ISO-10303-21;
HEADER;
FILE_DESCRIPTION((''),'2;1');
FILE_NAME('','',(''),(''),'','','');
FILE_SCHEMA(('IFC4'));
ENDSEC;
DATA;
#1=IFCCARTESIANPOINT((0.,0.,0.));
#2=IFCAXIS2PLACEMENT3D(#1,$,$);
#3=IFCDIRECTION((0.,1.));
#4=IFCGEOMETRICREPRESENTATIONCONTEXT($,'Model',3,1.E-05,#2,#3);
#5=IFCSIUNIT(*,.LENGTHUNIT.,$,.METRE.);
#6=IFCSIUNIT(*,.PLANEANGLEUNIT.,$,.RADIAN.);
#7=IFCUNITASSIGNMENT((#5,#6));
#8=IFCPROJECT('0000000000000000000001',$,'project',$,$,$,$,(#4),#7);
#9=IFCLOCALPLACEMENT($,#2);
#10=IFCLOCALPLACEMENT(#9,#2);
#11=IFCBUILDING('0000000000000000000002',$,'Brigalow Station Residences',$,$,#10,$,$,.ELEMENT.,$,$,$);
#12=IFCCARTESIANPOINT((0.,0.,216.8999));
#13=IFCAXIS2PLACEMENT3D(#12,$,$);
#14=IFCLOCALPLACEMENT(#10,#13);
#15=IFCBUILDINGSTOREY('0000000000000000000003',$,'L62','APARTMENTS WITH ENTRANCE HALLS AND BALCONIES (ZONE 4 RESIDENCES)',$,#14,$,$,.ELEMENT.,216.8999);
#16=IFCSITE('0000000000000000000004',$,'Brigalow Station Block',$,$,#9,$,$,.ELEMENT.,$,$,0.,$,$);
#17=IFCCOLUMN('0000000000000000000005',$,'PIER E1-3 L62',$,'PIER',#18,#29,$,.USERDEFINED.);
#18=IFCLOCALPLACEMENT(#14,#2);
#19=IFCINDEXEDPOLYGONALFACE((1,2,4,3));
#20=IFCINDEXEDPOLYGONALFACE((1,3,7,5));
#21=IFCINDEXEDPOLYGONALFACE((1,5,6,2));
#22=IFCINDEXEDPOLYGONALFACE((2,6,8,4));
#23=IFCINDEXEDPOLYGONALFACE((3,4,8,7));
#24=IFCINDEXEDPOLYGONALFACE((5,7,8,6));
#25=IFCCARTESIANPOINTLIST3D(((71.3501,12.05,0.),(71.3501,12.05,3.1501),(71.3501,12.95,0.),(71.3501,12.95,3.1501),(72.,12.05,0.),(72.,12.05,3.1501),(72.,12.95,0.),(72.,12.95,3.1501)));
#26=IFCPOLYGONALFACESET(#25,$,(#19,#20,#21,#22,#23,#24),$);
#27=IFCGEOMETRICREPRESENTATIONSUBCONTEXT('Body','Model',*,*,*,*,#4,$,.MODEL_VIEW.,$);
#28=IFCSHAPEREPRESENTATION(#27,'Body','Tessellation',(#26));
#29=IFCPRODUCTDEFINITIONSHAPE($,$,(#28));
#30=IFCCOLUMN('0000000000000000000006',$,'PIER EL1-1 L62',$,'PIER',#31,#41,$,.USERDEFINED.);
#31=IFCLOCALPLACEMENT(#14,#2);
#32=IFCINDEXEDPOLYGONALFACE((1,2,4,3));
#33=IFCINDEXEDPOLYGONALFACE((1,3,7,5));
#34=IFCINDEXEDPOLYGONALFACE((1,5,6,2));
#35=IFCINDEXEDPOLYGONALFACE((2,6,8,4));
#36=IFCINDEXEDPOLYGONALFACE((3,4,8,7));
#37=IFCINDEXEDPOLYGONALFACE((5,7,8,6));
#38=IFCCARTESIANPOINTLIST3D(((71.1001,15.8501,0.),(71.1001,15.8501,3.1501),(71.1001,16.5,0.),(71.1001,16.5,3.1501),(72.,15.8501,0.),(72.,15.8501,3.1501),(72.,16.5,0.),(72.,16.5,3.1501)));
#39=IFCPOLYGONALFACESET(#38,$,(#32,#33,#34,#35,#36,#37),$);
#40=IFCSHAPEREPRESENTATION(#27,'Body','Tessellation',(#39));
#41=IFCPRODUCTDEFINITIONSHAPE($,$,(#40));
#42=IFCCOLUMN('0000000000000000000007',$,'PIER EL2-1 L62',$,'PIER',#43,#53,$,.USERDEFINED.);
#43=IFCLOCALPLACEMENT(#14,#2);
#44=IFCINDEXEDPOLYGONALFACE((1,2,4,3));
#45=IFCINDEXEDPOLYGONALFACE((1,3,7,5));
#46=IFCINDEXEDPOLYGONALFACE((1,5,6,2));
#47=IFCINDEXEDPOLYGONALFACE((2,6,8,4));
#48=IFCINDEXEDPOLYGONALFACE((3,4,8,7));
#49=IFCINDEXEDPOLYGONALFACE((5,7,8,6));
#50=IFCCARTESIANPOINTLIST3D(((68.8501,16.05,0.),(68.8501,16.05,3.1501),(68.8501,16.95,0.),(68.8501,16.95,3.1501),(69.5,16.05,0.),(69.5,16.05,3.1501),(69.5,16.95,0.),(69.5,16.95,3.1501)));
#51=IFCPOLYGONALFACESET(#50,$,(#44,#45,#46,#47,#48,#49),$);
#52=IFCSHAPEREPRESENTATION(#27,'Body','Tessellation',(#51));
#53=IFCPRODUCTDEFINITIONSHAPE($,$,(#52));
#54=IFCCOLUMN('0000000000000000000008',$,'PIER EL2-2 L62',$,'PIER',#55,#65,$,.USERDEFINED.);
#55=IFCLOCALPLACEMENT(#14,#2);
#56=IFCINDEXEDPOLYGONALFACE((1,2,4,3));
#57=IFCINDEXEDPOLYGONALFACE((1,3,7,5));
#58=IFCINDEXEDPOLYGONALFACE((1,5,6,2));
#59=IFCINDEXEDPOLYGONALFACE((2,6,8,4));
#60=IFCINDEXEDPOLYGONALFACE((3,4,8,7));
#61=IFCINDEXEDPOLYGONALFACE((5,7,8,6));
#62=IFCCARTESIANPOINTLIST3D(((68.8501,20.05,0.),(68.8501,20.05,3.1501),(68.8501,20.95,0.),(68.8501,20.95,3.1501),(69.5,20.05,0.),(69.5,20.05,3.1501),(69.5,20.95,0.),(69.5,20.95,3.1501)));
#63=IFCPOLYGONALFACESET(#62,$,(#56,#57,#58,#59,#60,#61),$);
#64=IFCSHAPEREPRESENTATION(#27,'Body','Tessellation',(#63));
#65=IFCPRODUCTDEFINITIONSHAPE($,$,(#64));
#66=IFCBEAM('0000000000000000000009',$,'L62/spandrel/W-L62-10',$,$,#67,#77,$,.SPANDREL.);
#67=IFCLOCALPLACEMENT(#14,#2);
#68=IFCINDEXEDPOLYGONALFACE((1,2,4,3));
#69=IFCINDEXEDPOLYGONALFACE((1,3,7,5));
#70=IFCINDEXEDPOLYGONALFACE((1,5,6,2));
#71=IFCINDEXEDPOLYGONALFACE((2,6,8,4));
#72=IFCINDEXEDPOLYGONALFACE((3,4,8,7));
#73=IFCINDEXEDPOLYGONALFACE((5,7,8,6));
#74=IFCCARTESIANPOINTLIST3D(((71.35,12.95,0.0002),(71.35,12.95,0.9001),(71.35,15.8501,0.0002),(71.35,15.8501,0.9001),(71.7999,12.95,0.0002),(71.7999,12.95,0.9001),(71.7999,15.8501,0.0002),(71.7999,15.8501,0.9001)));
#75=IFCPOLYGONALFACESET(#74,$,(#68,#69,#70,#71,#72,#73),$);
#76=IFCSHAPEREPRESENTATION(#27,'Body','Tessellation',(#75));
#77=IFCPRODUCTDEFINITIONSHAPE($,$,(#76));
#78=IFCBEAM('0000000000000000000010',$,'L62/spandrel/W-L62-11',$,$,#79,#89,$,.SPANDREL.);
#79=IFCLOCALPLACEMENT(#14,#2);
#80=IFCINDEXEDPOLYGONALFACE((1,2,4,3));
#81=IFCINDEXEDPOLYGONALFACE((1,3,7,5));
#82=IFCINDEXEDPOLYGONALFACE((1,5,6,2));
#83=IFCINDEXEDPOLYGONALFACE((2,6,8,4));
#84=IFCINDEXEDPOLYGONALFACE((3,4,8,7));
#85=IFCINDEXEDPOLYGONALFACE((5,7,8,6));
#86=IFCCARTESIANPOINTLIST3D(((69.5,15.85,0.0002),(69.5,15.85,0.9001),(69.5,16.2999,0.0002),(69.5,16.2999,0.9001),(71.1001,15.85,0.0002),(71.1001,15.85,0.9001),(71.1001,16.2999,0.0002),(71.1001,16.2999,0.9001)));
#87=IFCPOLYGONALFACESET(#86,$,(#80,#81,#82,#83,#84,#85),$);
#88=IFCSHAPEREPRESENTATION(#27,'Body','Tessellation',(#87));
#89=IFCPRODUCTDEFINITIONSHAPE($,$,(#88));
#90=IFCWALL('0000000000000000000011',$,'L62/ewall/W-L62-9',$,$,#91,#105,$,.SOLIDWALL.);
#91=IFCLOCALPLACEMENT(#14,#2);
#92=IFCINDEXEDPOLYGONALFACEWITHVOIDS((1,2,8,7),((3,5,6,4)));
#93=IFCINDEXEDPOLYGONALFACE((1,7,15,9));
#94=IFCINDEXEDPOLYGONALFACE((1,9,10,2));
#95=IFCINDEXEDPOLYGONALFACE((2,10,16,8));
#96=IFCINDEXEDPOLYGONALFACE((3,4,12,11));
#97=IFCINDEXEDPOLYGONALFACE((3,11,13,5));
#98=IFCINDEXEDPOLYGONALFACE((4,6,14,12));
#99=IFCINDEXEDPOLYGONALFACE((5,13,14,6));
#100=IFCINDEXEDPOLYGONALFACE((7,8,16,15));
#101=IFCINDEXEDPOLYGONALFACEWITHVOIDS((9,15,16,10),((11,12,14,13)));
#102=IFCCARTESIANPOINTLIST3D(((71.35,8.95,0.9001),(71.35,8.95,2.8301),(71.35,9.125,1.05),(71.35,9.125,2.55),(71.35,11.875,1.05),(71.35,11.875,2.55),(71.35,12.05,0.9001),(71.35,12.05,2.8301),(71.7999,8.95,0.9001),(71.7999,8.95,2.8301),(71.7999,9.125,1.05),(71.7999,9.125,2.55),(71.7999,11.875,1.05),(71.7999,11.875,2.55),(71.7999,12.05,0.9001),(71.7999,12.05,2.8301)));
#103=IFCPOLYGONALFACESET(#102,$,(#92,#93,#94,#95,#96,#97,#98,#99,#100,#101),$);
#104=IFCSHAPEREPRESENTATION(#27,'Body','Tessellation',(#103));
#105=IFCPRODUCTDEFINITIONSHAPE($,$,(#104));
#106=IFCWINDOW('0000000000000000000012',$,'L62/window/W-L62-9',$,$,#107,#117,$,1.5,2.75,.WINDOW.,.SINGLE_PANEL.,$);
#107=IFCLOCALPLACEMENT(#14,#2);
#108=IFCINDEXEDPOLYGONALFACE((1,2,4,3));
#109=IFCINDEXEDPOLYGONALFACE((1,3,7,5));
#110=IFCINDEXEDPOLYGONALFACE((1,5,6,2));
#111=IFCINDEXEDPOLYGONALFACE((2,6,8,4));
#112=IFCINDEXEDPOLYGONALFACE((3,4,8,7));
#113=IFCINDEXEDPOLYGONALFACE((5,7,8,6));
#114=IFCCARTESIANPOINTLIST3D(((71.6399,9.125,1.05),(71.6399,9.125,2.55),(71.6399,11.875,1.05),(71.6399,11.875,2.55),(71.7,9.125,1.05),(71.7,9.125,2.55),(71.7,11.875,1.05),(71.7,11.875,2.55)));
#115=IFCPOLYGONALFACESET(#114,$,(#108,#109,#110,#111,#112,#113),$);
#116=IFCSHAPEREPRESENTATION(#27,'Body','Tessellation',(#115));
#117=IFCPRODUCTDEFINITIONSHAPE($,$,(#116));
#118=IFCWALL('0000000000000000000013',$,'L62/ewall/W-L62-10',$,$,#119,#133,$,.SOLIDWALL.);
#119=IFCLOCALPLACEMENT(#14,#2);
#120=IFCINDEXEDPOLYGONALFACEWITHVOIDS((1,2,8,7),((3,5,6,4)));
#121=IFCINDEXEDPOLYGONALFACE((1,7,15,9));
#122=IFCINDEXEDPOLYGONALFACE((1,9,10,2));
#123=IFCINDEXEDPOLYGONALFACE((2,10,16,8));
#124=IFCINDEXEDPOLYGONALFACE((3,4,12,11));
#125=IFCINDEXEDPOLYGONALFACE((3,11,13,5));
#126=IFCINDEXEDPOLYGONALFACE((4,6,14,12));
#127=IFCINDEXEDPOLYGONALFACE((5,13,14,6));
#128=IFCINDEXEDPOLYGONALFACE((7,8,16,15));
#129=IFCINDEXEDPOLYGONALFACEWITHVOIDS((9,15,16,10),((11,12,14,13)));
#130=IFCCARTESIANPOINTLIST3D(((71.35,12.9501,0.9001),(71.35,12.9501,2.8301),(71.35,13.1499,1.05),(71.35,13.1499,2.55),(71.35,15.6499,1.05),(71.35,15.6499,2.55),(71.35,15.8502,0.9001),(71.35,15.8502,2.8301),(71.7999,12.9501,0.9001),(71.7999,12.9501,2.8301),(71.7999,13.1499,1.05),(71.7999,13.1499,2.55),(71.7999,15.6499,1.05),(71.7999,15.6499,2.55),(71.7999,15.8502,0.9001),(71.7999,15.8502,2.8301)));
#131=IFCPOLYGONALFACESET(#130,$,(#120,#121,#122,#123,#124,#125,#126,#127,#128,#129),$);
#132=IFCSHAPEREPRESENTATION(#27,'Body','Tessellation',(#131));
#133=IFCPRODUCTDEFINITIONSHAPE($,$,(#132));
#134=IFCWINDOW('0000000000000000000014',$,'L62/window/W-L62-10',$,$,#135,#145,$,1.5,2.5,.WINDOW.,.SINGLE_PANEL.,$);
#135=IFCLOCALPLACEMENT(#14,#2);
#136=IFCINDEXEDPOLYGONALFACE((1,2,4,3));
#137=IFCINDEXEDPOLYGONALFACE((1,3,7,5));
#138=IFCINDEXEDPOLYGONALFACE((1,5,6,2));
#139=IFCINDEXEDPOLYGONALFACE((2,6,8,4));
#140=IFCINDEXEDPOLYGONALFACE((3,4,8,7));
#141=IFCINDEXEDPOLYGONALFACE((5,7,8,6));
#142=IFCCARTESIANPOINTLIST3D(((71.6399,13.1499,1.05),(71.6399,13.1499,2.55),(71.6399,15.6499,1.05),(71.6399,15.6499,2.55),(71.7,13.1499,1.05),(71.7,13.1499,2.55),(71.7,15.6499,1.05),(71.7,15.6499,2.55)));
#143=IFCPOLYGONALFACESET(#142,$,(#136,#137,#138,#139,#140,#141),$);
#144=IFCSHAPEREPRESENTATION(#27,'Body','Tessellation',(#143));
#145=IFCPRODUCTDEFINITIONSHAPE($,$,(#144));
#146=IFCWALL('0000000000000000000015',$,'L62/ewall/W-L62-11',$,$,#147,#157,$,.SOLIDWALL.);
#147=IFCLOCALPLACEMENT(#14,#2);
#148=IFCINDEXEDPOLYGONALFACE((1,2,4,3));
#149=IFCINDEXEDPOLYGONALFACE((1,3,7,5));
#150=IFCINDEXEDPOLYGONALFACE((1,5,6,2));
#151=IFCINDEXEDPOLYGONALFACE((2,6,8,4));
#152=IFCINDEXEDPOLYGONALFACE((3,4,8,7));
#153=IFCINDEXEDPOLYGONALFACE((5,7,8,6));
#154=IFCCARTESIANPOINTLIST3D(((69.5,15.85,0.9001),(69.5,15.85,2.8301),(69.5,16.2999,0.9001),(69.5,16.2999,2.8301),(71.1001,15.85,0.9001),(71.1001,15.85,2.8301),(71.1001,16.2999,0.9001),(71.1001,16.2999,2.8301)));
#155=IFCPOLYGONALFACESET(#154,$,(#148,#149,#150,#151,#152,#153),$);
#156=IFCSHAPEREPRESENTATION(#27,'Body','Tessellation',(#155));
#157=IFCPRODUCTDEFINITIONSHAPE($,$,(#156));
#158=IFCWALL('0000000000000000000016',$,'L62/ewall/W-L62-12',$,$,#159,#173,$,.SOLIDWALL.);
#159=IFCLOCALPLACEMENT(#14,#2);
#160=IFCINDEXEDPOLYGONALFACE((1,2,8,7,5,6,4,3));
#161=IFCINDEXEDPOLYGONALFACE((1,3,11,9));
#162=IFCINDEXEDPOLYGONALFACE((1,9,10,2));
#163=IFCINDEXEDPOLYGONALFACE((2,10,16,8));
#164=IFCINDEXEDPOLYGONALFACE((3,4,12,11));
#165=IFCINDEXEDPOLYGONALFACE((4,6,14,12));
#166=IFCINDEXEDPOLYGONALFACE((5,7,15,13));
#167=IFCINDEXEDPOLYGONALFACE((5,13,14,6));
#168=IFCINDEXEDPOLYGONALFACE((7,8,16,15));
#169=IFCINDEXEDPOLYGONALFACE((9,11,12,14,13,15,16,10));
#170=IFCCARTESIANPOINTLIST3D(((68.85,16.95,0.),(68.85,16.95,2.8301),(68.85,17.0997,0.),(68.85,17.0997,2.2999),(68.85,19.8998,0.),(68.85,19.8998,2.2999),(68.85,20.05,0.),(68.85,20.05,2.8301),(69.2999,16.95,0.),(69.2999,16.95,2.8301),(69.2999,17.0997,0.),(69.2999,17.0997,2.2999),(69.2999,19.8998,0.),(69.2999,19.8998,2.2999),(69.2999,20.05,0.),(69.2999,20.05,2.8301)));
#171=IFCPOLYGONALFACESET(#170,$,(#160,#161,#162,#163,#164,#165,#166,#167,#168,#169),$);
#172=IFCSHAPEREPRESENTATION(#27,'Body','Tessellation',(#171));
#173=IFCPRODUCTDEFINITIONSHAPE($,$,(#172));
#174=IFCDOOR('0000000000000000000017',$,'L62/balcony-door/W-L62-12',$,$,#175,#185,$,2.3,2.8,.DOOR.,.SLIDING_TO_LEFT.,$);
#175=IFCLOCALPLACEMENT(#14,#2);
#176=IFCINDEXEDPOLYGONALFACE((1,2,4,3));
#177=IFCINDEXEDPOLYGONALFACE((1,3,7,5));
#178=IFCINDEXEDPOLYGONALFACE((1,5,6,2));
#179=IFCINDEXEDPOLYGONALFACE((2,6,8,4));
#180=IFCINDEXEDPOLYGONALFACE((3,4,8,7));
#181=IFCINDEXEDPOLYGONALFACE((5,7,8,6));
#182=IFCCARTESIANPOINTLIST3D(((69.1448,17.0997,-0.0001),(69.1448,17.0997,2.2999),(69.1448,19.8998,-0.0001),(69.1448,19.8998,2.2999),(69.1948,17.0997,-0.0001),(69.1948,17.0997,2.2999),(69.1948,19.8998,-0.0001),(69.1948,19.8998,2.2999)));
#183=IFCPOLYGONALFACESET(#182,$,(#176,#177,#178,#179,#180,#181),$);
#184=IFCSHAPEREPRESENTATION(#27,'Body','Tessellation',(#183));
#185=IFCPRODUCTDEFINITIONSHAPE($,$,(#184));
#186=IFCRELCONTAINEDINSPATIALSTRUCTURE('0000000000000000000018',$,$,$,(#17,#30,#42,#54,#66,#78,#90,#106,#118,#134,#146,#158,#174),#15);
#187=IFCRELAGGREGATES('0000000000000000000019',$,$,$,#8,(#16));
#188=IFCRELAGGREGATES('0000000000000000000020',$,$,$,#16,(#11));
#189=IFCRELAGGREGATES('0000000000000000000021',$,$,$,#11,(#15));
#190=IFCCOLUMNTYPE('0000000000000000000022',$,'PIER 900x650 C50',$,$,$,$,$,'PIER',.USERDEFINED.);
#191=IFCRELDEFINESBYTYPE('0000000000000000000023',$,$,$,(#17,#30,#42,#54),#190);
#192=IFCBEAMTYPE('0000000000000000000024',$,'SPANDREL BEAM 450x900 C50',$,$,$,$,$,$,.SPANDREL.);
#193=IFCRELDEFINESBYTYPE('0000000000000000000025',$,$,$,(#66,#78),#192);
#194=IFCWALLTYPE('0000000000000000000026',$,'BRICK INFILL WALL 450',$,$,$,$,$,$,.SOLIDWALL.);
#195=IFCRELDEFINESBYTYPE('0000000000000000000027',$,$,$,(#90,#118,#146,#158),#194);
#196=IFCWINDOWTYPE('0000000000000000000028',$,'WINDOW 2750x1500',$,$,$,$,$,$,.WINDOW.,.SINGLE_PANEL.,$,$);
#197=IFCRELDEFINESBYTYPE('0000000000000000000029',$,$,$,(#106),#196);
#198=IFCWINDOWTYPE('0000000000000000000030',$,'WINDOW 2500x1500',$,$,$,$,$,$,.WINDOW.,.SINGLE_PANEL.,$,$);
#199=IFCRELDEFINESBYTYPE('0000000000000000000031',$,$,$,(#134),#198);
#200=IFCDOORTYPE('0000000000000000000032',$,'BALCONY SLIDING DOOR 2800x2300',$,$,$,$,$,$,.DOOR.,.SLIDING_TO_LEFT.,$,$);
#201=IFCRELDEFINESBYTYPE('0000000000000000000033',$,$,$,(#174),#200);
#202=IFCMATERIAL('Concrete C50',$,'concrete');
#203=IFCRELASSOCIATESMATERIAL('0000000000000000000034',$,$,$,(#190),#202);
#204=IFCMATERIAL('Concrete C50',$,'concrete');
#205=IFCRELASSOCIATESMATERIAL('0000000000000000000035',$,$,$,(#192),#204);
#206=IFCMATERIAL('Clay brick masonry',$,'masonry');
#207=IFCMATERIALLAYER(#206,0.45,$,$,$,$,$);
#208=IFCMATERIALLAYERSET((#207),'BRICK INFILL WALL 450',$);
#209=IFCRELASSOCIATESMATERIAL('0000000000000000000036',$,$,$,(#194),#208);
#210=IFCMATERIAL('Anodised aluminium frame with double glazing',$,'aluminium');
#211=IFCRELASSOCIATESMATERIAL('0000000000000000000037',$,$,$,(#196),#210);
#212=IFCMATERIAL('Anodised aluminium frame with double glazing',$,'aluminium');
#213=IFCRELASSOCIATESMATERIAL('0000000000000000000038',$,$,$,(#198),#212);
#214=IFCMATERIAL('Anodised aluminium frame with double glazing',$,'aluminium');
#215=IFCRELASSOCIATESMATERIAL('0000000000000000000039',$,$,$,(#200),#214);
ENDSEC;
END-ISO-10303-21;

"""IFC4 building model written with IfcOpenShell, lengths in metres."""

from ifc_helpers import new_model, si_unit, direction, frame, frame_2d, origin, origin_2d, place, context, subcontext, project, spatial, rectangle, extrude, material, layer, layer_set, material_profile, profile_set, type_object, element, fill, save


model = new_model("IFC4")

# Units and contexts
model_context = context("Model", 3, precision=1e-05, world=origin(), true_north=direction((0.0, 1.0)))
body_context = subcontext(model_context, "Body", "Model", "MODEL_VIEW")
ifc_project = project(units=[si_unit("LENGTHUNIT", "METRE"), si_unit("PLANEANGLEUNIT", "RADIAN")], contexts=[model_context])

# Site, building, storey
site_placement = place(None, origin())
site = spatial("IfcSite", under=ifc_project, at=site_placement, Name="Brigalow Station Block", CompositionType="ELEMENT", RefElevation=0.0)
building_placement = place(site_placement, origin())
building = spatial("IfcBuilding", under=site, at=building_placement, Name="Brigalow Station Residences", CompositionType="ELEMENT")
storey_placement = place(building_placement, frame((0.0, 0.0, 216.8999)))
storey = spatial("IfcBuildingStorey", under=building, at=storey_placement, Name="L62", Description="APARTMENTS WITH ENTRANCE HALLS AND BALCONIES (ZONE 4 RESIDENCES)", CompositionType="ELEMENT", Elevation=216.8999)

# Columns
ifc_material_1 = material(Name="Concrete C50", Category="concrete")
ifc_material_profile_1 = material_profile(ifc_material_1, rectangle(XDim=0.8999, YDim=0.6499, at=origin_2d()), Name="RC900x650")
ifc_profile_set_1 = profile_set([ifc_material_profile_1], Name="Concrete C50")
column_type = type_object("IfcColumnType", Name="PIER 900x650 C50", ElementType="PIER", PredefinedType="USERDEFINED", material=ifc_profile_set_1)
for number, where, z_axis, x_axis, name in (
    (1, (71.675, 12.5, 0.0), (0.0, 0.0, 1.0), (0.0, 1.0, 0.0), "PIER E1-3 L62"),
    (2, (71.55, 16.175, 0.0), (0.0, 0.0, 1.0), (-1.0, 0.0, 0.0), "PIER EL1-1 L62"),
    (3, (69.175, 16.5, 0.0), (0.0, 0.0, 1.0), (0.0, 1.0, 0.0), "PIER EL2-1 L62"),
    (4, (69.175, 20.5, 0.0), (0.0, 0.0, 1.0), (0.0, 1.0, 0.0), "PIER EL2-2 L62"),
):
    element("IfcColumn", number, at=place(storey_placement, frame(where, z_axis=z_axis, x_axis=x_axis)), inside=storey, type_object=column_type, Name=name, ObjectType="PIER", PredefinedType="USERDEFINED", context=body_context, shape_type="SweptSolid", body=[
        extrude(rectangle(XDim=0.8999, YDim=0.6499, at=origin_2d()), origin(), (0.0, 0.0, 1.0), 3.1501),
    ])

# Beams
ifc_material_2 = material(Name="Concrete C50", Category="concrete")
ifc_material_profile_2 = material_profile(ifc_material_2, rectangle(XDim=0.45, YDim=0.8999, at=origin_2d()), Name="RC450x900")
ifc_profile_set_2 = profile_set([ifc_material_profile_2], Name="Concrete C50")
beam_type = type_object("IfcBeamType", Name="SPANDREL BEAM 450x900 C50", PredefinedType="SPANDREL", material=ifc_profile_set_2)
beam_1_placement = place(storey_placement, frame((71.575, 12.95, 0.4502), z_axis=(0.0, 1.0, 0.0), x_axis=(-1.0, 0.0, 0.0)))
element("IfcBeam", 5, at=beam_1_placement, inside=storey, type_object=beam_type, Name="L62/spandrel/W-L62-10", PredefinedType="SPANDREL", context=body_context, shape_type="SweptSolid", body=[
    extrude(rectangle(XDim=0.45, YDim=0.8999, at=origin_2d()), origin(), (0.0, 0.0, 1.0), 2.9001),
])
beam_2_placement = place(storey_placement, frame((71.1001, 16.075, 0.4502), z_axis=(-1.0, 0.0, 0.0), x_axis=(0.0, -1.0, 0.0)))
element("IfcBeam", 6, at=beam_2_placement, inside=storey, type_object=beam_type, Name="L62/spandrel/W-L62-11", PredefinedType="SPANDREL", context=body_context, shape_type="SweptSolid", body=[
    extrude(rectangle(XDim=0.45, YDim=0.8999, at=origin_2d()), origin(), (0.0, 0.0, 1.0), 1.6001),
])

# Walls, openings, windows
ifc_material_3 = material(Name="Clay brick masonry", Category="masonry")
ifc_layer = layer(ifc_material_3, 0.45)
ifc_layer_set = layer_set([ifc_layer], Name="BRICK INFILL WALL 450")
wall_type = type_object("IfcWallType", Name="BRICK INFILL WALL 450", PredefinedType="SOLIDWALL", material=ifc_layer_set)
wall_1_placement = place(storey_placement, frame((71.575, 8.95, 0.9001), z_axis=(0.0, 0.0, 1.0), x_axis=(0.0, 1.0, 0.0)))
wall_1 = element("IfcWall", 7, at=wall_1_placement, inside=storey, type_object=wall_type, Name="L62/ewall/W-L62-9", PredefinedType="SOLIDWALL", context=body_context, shape_type="SweptSolid", body=[
    extrude(rectangle(XDim=3.1001, YDim=0.45, at=frame_2d((1.55, 0.0))), origin(), (0.0, 0.0, 1.0), 1.9299),
])
opening_1_placement = place(wall_1_placement, frame((0.175, 0.0, 0.1499)))
opening_1 = element("IfcOpeningElement", 8, at=opening_1_placement, cuts=wall_1, PredefinedType="OPENING", context=body_context, shape_type="SweptSolid", body=[
    extrude(rectangle(XDim=2.75, YDim=1.5, at=frame_2d((1.375, 0.75))), frame((0.0, 0.2349, 0.0), z_axis=(0.0, -1.0, 0.0), x_axis=(1.0, 0.0, 0.0)), (0.0, 0.0, 1.0), 0.47),
])
ifc_material_4 = material(Name="Anodised aluminium frame with double glazing", Category="aluminium")
window_type_1 = type_object("IfcWindowType", Name="WINDOW 2750x1500", PartitioningType="SINGLE_PANEL", PredefinedType="WINDOW", material=ifc_material_4)
window_1_placement = place(opening_1_placement, origin())
window_1 = element("IfcWindow", 9, at=window_1_placement, inside=storey, type_object=window_type_1, Name="L62/window/W-L62-9", OverallHeight=1.5, OverallWidth=2.75, PartitioningType="SINGLE_PANEL", PredefinedType="WINDOW", context=body_context, shape_type="SweptSolid", body=[
    extrude(rectangle(XDim=2.75, YDim=1.5, at=frame_2d((1.375, 0.75))), frame((0.0, -0.0649, 0.0), z_axis=(0.0, -1.0, 0.0), x_axis=(1.0, 0.0, 0.0)), (0.0, 0.0, 1.0), 0.0601),
])
fill(opening_1, window_1)
wall_2_placement = place(storey_placement, frame((71.575, 12.95, 0.9001), z_axis=(0.0, 0.0, 1.0), x_axis=(0.0, 1.0, 0.0)))
wall_2 = element("IfcWall", 10, at=wall_2_placement, inside=storey, type_object=wall_type, Name="L62/ewall/W-L62-10", PredefinedType="SOLIDWALL", context=body_context, shape_type="SweptSolid", body=[
    extrude(rectangle(XDim=2.9001, YDim=0.45, at=frame_2d((1.4502, 0.0))), origin(), (0.0, 0.0, 1.0), 1.9299),
])
opening_2_placement = place(wall_2_placement, frame((0.2, 0.0, 0.1499)))
opening_2 = element("IfcOpeningElement", 11, at=opening_2_placement, cuts=wall_2, PredefinedType="OPENING", context=body_context, shape_type="SweptSolid", body=[
    extrude(rectangle(XDim=2.5, YDim=1.5, at=frame_2d((1.25, 0.75))), frame((0.0, 0.2349, 0.0), z_axis=(0.0, -1.0, 0.0), x_axis=(1.0, 0.0, 0.0)), (0.0, 0.0, 1.0), 0.47),
])
ifc_material_5 = material(Name="Anodised aluminium frame with double glazing", Category="aluminium")
window_type_2 = type_object("IfcWindowType", Name="WINDOW 2500x1500", PartitioningType="SINGLE_PANEL", PredefinedType="WINDOW", material=ifc_material_5)
window_2_placement = place(opening_2_placement, origin())
window_2 = element("IfcWindow", 12, at=window_2_placement, inside=storey, type_object=window_type_2, Name="L62/window/W-L62-10", OverallHeight=1.5, OverallWidth=2.5, PartitioningType="SINGLE_PANEL", PredefinedType="WINDOW", context=body_context, shape_type="SweptSolid", body=[
    extrude(rectangle(XDim=2.5, YDim=1.5, at=frame_2d((1.25, 0.75))), frame((0.0, -0.0649, 0.0), z_axis=(0.0, -1.0, 0.0), x_axis=(1.0, 0.0, 0.0)), (0.0, 0.0, 1.0), 0.0601),
])
fill(opening_2, window_2)

# Wall
wall_3_placement = place(storey_placement, frame((71.1001, 16.075, 0.9001), z_axis=(0.0, 0.0, 1.0), x_axis=(-1.0, 0.0, 0.0)))
element("IfcWall", 13, at=wall_3_placement, inside=storey, type_object=wall_type, Name="L62/ewall/W-L62-11", PredefinedType="SOLIDWALL", context=body_context, shape_type="SweptSolid", body=[
    extrude(rectangle(XDim=1.6001, YDim=0.45, at=frame_2d((0.8, 0.0))), origin(), (0.0, 0.0, 1.0), 1.9299),
])

# Wall, opening, door
wall_4_placement = place(storey_placement, frame((69.075, 16.95, 0.0), z_axis=(0.0, 0.0, 1.0), x_axis=(0.0, 1.0, 0.0)))
wall_4 = element("IfcWall", 14, at=wall_4_placement, inside=storey, type_object=wall_type, Name="L62/ewall/W-L62-12", PredefinedType="SOLIDWALL", context=body_context, shape_type="SweptSolid", body=[
    extrude(rectangle(XDim=3.1001, YDim=0.45, at=frame_2d((1.55, 0.0))), origin(), (0.0, 0.0, 1.0), 2.8301),
])
opening_3_placement = place(wall_4_placement, frame((0.1499, 0.0, 0.0)))
opening_3 = element("IfcOpeningElement", 15, at=opening_3_placement, cuts=wall_4, PredefinedType="OPENING", context=body_context, shape_type="SweptSolid", body=[
    extrude(rectangle(XDim=2.8, YDim=2.3, at=frame_2d((1.3999, 1.1499))), frame((0.0, 0.2349, 0.0), z_axis=(0.0, -1.0, 0.0), x_axis=(1.0, 0.0, 0.0)), (0.0, 0.0, 1.0), 0.47),
])
ifc_material_6 = material(Name="Anodised aluminium frame with double glazing", Category="aluminium")
door_type = type_object("IfcDoorType", Name="BALCONY SLIDING DOOR 2800x2300", OperationType="SLIDING_TO_LEFT", PredefinedType="DOOR", material=ifc_material_6)
door_1_placement = place(opening_3_placement, origin())
door_1 = element("IfcDoor", 16, at=door_1_placement, inside=storey, type_object=door_type, Name="L62/balcony-door/W-L62-12", OperationType="SLIDING_TO_LEFT", OverallHeight=2.3, OverallWidth=2.8, PredefinedType="DOOR", context=body_context, shape_type="SweptSolid", body=[
    extrude(rectangle(XDim=2.8, YDim=2.3, at=frame_2d((1.3999, 1.1499))), frame((0.0, -0.0698, 0.0), z_axis=(0.0, -1.0, 0.0), x_axis=(1.0, 0.0, 0.0)), (0.0, 0.0, 1.0), 0.05),
])
fill(opening_3, door_1)

save(model, "model.ifc")
